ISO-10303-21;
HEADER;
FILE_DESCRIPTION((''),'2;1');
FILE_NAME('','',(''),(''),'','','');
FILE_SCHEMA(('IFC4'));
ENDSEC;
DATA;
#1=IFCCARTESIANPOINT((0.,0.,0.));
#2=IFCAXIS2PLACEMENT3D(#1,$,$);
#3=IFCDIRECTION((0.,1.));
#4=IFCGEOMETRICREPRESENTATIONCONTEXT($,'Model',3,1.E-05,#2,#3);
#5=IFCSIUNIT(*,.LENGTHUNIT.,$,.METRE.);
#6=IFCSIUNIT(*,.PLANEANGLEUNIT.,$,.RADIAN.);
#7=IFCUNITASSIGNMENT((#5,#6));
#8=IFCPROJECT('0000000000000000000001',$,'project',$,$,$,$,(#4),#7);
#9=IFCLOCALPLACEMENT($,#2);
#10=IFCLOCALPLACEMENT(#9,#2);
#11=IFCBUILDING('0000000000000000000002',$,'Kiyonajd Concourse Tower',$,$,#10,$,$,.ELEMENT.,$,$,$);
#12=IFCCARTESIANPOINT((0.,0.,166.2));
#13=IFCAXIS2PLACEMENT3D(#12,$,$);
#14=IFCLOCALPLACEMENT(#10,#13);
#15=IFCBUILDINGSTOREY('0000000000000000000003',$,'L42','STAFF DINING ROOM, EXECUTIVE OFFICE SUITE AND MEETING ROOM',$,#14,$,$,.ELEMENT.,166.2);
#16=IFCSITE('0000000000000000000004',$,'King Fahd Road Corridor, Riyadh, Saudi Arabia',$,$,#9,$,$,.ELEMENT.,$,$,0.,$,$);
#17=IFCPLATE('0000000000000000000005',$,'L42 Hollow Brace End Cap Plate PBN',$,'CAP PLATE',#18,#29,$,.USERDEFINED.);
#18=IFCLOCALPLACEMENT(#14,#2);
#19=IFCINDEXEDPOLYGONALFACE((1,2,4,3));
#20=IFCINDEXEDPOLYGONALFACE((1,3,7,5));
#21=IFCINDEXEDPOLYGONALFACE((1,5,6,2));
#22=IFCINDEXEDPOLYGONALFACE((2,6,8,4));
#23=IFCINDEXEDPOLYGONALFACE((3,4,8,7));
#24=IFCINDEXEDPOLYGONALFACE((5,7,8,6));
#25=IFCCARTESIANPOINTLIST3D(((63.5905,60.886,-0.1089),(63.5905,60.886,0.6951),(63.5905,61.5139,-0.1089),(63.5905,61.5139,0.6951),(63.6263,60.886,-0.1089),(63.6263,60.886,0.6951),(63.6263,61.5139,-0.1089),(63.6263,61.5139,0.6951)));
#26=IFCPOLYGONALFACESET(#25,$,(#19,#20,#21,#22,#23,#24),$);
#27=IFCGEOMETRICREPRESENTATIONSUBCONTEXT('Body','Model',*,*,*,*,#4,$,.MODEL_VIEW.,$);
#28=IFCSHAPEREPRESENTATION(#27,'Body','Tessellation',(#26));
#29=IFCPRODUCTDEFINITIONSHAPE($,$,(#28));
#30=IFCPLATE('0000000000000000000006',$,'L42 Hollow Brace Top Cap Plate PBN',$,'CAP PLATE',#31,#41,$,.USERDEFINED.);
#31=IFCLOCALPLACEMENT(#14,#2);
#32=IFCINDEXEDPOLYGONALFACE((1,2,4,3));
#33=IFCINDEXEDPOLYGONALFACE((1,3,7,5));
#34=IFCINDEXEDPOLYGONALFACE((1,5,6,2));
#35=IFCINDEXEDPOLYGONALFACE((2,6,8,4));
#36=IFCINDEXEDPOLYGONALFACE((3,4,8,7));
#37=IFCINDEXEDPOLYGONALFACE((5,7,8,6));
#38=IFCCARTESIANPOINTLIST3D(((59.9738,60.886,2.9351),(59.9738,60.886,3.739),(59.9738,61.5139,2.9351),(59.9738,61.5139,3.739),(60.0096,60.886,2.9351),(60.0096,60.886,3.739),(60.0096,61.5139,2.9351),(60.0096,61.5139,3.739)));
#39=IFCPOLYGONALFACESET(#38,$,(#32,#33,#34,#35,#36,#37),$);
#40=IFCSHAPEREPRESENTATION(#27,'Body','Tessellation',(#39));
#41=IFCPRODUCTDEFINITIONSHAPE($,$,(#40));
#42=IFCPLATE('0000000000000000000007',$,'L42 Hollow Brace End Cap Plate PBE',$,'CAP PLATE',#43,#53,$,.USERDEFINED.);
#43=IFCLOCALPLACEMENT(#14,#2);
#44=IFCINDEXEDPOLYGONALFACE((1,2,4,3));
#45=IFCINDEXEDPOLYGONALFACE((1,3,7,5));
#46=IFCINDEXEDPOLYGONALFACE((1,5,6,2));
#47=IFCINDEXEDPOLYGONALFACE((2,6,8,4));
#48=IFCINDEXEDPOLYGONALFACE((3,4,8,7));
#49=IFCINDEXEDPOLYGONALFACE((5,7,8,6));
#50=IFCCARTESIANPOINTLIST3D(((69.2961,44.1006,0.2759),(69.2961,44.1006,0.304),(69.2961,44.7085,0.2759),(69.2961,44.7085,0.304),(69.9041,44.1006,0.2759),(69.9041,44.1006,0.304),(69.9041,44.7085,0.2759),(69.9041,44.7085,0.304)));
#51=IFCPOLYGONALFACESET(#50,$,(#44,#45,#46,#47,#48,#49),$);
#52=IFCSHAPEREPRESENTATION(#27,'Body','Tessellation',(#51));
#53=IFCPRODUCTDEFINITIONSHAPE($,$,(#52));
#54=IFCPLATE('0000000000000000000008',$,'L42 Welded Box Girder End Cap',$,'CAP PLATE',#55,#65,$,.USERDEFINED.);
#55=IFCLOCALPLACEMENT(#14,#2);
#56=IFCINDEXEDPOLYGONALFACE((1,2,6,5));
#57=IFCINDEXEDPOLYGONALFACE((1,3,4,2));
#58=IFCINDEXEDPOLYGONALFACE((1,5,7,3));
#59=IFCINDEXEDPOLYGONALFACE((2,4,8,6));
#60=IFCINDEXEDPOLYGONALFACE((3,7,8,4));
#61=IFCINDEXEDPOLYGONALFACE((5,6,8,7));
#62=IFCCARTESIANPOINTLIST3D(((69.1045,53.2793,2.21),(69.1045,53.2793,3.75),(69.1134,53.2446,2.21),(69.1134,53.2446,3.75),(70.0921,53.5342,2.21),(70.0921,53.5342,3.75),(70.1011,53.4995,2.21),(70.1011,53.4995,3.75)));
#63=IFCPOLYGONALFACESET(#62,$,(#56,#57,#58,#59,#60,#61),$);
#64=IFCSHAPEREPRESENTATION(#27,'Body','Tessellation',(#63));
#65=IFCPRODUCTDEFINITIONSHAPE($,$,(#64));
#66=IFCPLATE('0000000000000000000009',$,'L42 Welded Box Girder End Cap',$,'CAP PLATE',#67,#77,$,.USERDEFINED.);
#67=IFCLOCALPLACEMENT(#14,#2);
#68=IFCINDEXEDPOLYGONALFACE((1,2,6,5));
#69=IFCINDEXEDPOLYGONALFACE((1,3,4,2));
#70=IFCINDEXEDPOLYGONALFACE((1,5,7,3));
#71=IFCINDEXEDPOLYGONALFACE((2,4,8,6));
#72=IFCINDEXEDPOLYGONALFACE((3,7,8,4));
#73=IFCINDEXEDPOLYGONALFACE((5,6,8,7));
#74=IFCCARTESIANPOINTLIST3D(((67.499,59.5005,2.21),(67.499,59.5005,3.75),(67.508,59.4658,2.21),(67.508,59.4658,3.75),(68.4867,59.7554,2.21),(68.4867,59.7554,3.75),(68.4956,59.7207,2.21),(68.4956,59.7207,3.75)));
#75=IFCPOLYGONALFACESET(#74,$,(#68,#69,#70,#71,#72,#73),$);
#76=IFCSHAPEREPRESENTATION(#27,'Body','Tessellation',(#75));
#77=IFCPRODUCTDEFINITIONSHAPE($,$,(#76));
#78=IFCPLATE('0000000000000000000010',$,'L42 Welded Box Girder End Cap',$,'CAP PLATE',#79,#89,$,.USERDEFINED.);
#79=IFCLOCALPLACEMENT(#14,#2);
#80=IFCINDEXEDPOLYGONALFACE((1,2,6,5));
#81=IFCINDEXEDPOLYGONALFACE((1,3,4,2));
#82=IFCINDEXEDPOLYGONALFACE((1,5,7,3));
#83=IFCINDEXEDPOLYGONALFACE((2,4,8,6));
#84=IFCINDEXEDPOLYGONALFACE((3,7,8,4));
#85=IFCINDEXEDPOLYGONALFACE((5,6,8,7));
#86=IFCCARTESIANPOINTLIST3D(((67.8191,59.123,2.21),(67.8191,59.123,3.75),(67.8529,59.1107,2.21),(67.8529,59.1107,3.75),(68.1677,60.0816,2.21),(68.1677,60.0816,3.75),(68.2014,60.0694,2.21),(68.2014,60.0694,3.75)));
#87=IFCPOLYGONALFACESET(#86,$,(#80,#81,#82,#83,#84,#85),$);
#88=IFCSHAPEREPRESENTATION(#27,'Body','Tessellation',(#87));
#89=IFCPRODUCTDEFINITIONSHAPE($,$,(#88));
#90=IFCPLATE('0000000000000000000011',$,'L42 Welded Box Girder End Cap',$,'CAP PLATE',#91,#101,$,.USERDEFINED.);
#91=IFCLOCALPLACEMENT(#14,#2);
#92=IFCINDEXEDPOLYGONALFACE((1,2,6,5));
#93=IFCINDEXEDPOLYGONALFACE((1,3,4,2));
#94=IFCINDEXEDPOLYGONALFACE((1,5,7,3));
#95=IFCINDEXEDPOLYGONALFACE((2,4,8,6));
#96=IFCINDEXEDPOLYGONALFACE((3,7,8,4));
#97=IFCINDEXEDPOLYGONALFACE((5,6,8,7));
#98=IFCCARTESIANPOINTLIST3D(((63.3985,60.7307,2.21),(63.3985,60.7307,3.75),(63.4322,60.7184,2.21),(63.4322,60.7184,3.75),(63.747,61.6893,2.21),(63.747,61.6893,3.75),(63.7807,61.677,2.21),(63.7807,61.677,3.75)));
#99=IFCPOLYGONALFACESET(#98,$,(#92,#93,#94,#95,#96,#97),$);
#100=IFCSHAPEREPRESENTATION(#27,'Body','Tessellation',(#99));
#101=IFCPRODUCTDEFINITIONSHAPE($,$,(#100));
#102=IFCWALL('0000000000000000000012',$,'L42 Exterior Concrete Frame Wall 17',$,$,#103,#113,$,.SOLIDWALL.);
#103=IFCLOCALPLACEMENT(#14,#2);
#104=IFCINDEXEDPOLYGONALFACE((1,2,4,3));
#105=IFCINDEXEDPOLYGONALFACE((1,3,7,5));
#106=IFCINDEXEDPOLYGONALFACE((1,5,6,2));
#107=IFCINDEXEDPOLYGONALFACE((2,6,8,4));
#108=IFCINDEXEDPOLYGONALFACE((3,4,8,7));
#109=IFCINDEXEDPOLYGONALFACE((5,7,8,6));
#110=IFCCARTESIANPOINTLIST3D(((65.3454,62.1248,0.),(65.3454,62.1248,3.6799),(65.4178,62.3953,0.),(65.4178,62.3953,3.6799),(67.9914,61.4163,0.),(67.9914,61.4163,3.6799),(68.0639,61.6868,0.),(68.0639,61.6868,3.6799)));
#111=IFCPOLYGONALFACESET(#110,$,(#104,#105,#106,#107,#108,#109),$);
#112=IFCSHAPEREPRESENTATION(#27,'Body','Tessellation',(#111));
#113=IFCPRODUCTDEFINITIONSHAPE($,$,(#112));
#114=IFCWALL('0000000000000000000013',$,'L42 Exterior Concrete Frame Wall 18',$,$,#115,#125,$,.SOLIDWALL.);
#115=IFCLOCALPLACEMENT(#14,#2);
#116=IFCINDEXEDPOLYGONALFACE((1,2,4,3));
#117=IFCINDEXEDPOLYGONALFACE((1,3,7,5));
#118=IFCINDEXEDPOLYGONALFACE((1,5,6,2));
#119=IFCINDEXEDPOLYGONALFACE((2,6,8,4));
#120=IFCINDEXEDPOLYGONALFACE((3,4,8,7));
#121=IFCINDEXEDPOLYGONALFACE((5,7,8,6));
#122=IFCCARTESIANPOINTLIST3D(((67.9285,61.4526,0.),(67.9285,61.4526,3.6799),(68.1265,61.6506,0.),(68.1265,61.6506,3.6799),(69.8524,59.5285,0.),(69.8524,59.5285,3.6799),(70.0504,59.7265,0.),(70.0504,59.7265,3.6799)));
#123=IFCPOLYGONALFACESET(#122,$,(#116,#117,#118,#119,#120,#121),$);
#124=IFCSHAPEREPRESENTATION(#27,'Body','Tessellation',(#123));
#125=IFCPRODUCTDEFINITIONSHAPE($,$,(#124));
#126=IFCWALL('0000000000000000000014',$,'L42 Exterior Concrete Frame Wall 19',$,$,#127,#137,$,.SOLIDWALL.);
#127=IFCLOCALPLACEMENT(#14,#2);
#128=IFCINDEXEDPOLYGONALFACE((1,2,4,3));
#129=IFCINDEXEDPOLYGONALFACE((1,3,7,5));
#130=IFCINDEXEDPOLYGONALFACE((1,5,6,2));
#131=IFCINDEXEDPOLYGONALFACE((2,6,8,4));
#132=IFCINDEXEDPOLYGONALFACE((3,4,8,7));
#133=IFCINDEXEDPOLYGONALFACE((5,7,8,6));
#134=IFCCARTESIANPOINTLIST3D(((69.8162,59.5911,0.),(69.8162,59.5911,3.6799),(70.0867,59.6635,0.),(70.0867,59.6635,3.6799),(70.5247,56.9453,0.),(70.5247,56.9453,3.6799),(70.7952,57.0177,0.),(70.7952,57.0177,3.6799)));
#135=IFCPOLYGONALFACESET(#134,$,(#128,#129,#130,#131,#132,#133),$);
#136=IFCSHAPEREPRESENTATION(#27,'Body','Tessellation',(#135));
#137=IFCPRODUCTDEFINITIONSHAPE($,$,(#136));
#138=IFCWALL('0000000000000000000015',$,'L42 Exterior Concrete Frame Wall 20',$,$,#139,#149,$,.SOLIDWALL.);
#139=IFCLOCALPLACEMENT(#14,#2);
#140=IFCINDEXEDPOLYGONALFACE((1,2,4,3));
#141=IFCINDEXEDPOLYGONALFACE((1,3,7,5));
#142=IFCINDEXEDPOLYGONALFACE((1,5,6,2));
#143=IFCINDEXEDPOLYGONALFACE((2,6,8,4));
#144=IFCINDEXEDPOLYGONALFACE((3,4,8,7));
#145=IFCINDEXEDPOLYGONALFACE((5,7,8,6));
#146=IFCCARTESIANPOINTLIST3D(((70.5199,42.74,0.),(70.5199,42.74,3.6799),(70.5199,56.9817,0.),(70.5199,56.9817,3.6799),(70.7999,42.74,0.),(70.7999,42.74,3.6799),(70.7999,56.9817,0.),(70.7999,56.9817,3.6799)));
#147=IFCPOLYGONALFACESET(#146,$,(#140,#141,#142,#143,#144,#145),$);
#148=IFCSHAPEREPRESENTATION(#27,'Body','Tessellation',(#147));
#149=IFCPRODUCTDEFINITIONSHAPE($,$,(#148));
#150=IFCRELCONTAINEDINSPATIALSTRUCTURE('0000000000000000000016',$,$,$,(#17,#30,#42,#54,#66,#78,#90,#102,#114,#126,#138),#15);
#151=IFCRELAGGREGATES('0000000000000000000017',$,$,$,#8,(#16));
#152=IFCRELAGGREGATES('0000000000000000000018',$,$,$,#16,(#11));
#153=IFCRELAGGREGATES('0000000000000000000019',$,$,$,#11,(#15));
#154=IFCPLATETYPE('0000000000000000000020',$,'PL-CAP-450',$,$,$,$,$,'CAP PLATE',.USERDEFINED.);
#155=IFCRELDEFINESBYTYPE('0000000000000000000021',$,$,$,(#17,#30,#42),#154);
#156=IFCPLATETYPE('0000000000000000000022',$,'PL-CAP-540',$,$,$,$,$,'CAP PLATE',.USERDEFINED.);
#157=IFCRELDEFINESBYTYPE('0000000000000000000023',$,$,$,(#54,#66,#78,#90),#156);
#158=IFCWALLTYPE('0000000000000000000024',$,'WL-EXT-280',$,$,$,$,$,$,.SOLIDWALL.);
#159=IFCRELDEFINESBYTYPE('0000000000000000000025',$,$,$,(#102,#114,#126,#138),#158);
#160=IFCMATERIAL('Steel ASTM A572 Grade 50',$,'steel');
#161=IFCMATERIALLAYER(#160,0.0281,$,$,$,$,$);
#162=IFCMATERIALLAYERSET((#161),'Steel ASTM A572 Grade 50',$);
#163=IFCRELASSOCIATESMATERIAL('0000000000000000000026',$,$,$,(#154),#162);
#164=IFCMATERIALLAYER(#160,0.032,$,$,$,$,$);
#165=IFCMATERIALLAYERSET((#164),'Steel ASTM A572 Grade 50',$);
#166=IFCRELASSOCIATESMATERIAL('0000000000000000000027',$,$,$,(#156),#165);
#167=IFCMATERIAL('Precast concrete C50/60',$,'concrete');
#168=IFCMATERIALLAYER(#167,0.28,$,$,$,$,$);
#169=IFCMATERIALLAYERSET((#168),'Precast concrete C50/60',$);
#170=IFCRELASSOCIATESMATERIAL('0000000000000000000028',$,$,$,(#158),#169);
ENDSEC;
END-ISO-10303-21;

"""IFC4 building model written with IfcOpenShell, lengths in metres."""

from ifc_helpers import new_model, si_unit, direction, frame, frame_2d, origin, origin_2d, place, context, subcontext, project, spatial, rectangle, extrude, material, layer, layer_set, type_object, element, save


model = new_model("IFC4")

# Units and contexts
model_context = context("Model", 3, precision=1e-05, world=origin(), true_north=direction((0.0, 1.0)))
body_context = subcontext(model_context, "Body", "Model", "MODEL_VIEW")
ifc_project = project(units=[si_unit("LENGTHUNIT", "METRE"), si_unit("PLANEANGLEUNIT", "RADIAN")], contexts=[model_context])

# Site, building, storey
site_placement = place(None, origin())
site = spatial("IfcSite", under=ifc_project, at=site_placement, Name="King Fahd Road Corridor, Riyadh, Saudi Arabia", CompositionType="ELEMENT", RefElevation=0.0)
building_placement = place(site_placement, origin())
building = spatial("IfcBuilding", under=site, at=building_placement, Name="Kiyonajd Concourse Tower", CompositionType="ELEMENT")
storey_placement = place(building_placement, frame((0.0, 0.0, 166.2)))
storey = spatial("IfcBuildingStorey", under=building, at=storey_placement, Name="L42", Description="STAFF DINING ROOM, EXECUTIVE OFFICE SUITE AND MEETING ROOM", CompositionType="ELEMENT", Elevation=166.2)

# Shared definitions
ifc_material_1 = material(Name="Steel ASTM A572 Grade 50", Category="steel")

# Plates
ifc_layer_1 = layer(ifc_material_1, 0.0281)
ifc_layer_set_1 = layer_set([ifc_layer_1], Name="Steel ASTM A572 Grade 50")
plate_type_1 = type_object("IfcPlateType", Name="PL-CAP-450", ElementType="CAP PLATE", PredefinedType="USERDEFINED", material=ifc_layer_set_1)
for number, where, z_axis, x_axis, name in (
    (1, (63.6084, 61.2, -0.1089), (0.0, 0.0, 1.0), (1.0, 0.0, 0.0), "L42 Hollow Brace End Cap Plate PBN"),
    (2, (59.9917, 61.2, 2.9351), (0.0, 0.0, 1.0), (-1.0, 0.0, 0.0), "L42 Hollow Brace Top Cap Plate PBN"),
):
    element("IfcPlate", number, at=place(storey_placement, frame(where, z_axis=z_axis, x_axis=x_axis)), inside=storey, type_object=plate_type_1, Name=name, ObjectType="CAP PLATE", PredefinedType="USERDEFINED", context=body_context, shape_type="SweptSolid", body=[
        extrude(rectangle(XDim=0.0359, YDim=0.6279, at=origin_2d()), origin(), (0.0, 0.0, 1.0), 0.804),
    ])
plate_placement = place(storey_placement, frame((69.6001, 44.4045, 0.2759), z_axis=(0.0, 0.0, 1.0), x_axis=(1.0, 0.0, 0.0)))
element("IfcPlate", 3, at=plate_placement, inside=storey, type_object=plate_type_1, Name="L42 Hollow Brace End Cap Plate PBE", ObjectType="CAP PLATE", PredefinedType="USERDEFINED", context=body_context, shape_type="SweptSolid", body=[
    extrude(rectangle(XDim=0.6079, YDim=0.6079, at=origin_2d()), origin(), (0.0, 0.0, 1.0), 0.0281),
])
ifc_layer_2 = layer(ifc_material_1, 0.032)
ifc_layer_set_2 = layer_set([ifc_layer_2], Name="Steel ASTM A572 Grade 50")
plate_type_2 = type_object("IfcPlateType", Name="PL-CAP-540", ElementType="CAP PLATE", PredefinedType="USERDEFINED", material=ifc_layer_set_2)
for number, where, z_axis, x_axis, name in (
    (4, (69.6028, 53.3894, 2.21), (0.0, 0.0, 1.0), (0.249873, -0.968279, 0.0), "L42 Welded Box Girder End Cap"),
    (5, (67.9973, 59.6106, 2.21), (0.0, 0.0, 1.0), (-0.249873, 0.968279, 0.0), "L42 Welded Box Girder End Cap"),
    (6, (68.0103, 59.5962, 2.21), (0.0, 0.0, 1.0), (0.939812, -0.341692, 0.0), "L42 Welded Box Girder End Cap"),
    (7, (63.5896, 61.2039, 2.21), (0.0, 0.0, 1.0), (-0.939812, 0.341692, 0.0), "L42 Welded Box Girder End Cap"),
):
    element("IfcPlate", number, at=place(storey_placement, frame(where, z_axis=z_axis, x_axis=x_axis)), inside=storey, type_object=plate_type_2, Name=name, ObjectType="CAP PLATE", PredefinedType="USERDEFINED", context=body_context, shape_type="SweptSolid", body=[
        extrude(rectangle(XDim=0.0359, YDim=1.02, at=origin_2d()), origin(), (0.0, 0.0, 1.0), 1.54),
    ])

# Walls
ifc_material_2 = material(Name="Precast concrete C50/60", Category="concrete")
ifc_layer_3 = layer(ifc_material_2, 0.28)
ifc_layer_set_3 = layer_set([ifc_layer_3], Name="Precast concrete C50/60")
wall_type = type_object("IfcWallType", Name="WL-EXT-280", PredefinedType="SOLIDWALL", material=ifc_layer_set_3)
wall_1_placement = place(storey_placement, frame((65.3816, 62.26, 0.0), z_axis=(0.0, 0.0, 1.0), x_axis=(0.965971, -0.25865, 0.0)))
element("IfcWall", 8, at=wall_1_placement, inside=storey, type_object=wall_type, Name="L42 Exterior Concrete Frame Wall 17", PredefinedType="SOLIDWALL", context=body_context, shape_type="SweptSolid", body=[
    extrude(rectangle(XDim=2.7393, YDim=0.28, at=frame_2d((1.3696, 0.0))), origin(), (0.0, 0.0, 1.0), 3.6799),
])
wall_2_placement = place(storey_placement, frame((68.0276, 61.5515, 0.0), z_axis=(0.0, 0.0, 1.0), x_axis=(0.707062, -0.707152, 0.0)))
element("IfcWall", 9, at=wall_2_placement, inside=storey, type_object=wall_type, Name="L42 Exterior Concrete Frame Wall 18", PredefinedType="SOLIDWALL", context=body_context, shape_type="SweptSolid", body=[
    extrude(rectangle(XDim=2.7209, YDim=0.28, at=frame_2d((1.3604, 0.0))), origin(), (0.0, 0.0, 1.0), 3.6799),
])
wall_3_placement = place(storey_placement, frame((69.9514, 59.6274, 0.0), z_axis=(0.0, 0.0, 1.0), x_axis=(0.258672, -0.965965, 0.0)))
element("IfcWall", 10, at=wall_3_placement, inside=storey, type_object=wall_type, Name="L42 Exterior Concrete Frame Wall 19", PredefinedType="SOLIDWALL", context=body_context, shape_type="SweptSolid", body=[
    extrude(rectangle(XDim=2.739, YDim=0.28, at=frame_2d((1.3696, 0.0))), origin(), (0.0, 0.0, 1.0), 3.6799),
])
wall_4_placement = place(storey_placement, frame((70.6599, 56.9817, 0.0), z_axis=(0.0, 0.0, 1.0), x_axis=(0.0, -1.0, 0.0)))
element("IfcWall", 11, at=wall_4_placement, inside=storey, type_object=wall_type, Name="L42 Exterior Concrete Frame Wall 20", PredefinedType="SOLIDWALL", context=body_context, shape_type="SweptSolid", body=[
    extrude(rectangle(XDim=14.2417, YDim=0.28, at=frame_2d((7.1208, 0.0))), origin(), (0.0, 0.0, 1.0), 3.6799),
])

save(model, "model.ifc")
